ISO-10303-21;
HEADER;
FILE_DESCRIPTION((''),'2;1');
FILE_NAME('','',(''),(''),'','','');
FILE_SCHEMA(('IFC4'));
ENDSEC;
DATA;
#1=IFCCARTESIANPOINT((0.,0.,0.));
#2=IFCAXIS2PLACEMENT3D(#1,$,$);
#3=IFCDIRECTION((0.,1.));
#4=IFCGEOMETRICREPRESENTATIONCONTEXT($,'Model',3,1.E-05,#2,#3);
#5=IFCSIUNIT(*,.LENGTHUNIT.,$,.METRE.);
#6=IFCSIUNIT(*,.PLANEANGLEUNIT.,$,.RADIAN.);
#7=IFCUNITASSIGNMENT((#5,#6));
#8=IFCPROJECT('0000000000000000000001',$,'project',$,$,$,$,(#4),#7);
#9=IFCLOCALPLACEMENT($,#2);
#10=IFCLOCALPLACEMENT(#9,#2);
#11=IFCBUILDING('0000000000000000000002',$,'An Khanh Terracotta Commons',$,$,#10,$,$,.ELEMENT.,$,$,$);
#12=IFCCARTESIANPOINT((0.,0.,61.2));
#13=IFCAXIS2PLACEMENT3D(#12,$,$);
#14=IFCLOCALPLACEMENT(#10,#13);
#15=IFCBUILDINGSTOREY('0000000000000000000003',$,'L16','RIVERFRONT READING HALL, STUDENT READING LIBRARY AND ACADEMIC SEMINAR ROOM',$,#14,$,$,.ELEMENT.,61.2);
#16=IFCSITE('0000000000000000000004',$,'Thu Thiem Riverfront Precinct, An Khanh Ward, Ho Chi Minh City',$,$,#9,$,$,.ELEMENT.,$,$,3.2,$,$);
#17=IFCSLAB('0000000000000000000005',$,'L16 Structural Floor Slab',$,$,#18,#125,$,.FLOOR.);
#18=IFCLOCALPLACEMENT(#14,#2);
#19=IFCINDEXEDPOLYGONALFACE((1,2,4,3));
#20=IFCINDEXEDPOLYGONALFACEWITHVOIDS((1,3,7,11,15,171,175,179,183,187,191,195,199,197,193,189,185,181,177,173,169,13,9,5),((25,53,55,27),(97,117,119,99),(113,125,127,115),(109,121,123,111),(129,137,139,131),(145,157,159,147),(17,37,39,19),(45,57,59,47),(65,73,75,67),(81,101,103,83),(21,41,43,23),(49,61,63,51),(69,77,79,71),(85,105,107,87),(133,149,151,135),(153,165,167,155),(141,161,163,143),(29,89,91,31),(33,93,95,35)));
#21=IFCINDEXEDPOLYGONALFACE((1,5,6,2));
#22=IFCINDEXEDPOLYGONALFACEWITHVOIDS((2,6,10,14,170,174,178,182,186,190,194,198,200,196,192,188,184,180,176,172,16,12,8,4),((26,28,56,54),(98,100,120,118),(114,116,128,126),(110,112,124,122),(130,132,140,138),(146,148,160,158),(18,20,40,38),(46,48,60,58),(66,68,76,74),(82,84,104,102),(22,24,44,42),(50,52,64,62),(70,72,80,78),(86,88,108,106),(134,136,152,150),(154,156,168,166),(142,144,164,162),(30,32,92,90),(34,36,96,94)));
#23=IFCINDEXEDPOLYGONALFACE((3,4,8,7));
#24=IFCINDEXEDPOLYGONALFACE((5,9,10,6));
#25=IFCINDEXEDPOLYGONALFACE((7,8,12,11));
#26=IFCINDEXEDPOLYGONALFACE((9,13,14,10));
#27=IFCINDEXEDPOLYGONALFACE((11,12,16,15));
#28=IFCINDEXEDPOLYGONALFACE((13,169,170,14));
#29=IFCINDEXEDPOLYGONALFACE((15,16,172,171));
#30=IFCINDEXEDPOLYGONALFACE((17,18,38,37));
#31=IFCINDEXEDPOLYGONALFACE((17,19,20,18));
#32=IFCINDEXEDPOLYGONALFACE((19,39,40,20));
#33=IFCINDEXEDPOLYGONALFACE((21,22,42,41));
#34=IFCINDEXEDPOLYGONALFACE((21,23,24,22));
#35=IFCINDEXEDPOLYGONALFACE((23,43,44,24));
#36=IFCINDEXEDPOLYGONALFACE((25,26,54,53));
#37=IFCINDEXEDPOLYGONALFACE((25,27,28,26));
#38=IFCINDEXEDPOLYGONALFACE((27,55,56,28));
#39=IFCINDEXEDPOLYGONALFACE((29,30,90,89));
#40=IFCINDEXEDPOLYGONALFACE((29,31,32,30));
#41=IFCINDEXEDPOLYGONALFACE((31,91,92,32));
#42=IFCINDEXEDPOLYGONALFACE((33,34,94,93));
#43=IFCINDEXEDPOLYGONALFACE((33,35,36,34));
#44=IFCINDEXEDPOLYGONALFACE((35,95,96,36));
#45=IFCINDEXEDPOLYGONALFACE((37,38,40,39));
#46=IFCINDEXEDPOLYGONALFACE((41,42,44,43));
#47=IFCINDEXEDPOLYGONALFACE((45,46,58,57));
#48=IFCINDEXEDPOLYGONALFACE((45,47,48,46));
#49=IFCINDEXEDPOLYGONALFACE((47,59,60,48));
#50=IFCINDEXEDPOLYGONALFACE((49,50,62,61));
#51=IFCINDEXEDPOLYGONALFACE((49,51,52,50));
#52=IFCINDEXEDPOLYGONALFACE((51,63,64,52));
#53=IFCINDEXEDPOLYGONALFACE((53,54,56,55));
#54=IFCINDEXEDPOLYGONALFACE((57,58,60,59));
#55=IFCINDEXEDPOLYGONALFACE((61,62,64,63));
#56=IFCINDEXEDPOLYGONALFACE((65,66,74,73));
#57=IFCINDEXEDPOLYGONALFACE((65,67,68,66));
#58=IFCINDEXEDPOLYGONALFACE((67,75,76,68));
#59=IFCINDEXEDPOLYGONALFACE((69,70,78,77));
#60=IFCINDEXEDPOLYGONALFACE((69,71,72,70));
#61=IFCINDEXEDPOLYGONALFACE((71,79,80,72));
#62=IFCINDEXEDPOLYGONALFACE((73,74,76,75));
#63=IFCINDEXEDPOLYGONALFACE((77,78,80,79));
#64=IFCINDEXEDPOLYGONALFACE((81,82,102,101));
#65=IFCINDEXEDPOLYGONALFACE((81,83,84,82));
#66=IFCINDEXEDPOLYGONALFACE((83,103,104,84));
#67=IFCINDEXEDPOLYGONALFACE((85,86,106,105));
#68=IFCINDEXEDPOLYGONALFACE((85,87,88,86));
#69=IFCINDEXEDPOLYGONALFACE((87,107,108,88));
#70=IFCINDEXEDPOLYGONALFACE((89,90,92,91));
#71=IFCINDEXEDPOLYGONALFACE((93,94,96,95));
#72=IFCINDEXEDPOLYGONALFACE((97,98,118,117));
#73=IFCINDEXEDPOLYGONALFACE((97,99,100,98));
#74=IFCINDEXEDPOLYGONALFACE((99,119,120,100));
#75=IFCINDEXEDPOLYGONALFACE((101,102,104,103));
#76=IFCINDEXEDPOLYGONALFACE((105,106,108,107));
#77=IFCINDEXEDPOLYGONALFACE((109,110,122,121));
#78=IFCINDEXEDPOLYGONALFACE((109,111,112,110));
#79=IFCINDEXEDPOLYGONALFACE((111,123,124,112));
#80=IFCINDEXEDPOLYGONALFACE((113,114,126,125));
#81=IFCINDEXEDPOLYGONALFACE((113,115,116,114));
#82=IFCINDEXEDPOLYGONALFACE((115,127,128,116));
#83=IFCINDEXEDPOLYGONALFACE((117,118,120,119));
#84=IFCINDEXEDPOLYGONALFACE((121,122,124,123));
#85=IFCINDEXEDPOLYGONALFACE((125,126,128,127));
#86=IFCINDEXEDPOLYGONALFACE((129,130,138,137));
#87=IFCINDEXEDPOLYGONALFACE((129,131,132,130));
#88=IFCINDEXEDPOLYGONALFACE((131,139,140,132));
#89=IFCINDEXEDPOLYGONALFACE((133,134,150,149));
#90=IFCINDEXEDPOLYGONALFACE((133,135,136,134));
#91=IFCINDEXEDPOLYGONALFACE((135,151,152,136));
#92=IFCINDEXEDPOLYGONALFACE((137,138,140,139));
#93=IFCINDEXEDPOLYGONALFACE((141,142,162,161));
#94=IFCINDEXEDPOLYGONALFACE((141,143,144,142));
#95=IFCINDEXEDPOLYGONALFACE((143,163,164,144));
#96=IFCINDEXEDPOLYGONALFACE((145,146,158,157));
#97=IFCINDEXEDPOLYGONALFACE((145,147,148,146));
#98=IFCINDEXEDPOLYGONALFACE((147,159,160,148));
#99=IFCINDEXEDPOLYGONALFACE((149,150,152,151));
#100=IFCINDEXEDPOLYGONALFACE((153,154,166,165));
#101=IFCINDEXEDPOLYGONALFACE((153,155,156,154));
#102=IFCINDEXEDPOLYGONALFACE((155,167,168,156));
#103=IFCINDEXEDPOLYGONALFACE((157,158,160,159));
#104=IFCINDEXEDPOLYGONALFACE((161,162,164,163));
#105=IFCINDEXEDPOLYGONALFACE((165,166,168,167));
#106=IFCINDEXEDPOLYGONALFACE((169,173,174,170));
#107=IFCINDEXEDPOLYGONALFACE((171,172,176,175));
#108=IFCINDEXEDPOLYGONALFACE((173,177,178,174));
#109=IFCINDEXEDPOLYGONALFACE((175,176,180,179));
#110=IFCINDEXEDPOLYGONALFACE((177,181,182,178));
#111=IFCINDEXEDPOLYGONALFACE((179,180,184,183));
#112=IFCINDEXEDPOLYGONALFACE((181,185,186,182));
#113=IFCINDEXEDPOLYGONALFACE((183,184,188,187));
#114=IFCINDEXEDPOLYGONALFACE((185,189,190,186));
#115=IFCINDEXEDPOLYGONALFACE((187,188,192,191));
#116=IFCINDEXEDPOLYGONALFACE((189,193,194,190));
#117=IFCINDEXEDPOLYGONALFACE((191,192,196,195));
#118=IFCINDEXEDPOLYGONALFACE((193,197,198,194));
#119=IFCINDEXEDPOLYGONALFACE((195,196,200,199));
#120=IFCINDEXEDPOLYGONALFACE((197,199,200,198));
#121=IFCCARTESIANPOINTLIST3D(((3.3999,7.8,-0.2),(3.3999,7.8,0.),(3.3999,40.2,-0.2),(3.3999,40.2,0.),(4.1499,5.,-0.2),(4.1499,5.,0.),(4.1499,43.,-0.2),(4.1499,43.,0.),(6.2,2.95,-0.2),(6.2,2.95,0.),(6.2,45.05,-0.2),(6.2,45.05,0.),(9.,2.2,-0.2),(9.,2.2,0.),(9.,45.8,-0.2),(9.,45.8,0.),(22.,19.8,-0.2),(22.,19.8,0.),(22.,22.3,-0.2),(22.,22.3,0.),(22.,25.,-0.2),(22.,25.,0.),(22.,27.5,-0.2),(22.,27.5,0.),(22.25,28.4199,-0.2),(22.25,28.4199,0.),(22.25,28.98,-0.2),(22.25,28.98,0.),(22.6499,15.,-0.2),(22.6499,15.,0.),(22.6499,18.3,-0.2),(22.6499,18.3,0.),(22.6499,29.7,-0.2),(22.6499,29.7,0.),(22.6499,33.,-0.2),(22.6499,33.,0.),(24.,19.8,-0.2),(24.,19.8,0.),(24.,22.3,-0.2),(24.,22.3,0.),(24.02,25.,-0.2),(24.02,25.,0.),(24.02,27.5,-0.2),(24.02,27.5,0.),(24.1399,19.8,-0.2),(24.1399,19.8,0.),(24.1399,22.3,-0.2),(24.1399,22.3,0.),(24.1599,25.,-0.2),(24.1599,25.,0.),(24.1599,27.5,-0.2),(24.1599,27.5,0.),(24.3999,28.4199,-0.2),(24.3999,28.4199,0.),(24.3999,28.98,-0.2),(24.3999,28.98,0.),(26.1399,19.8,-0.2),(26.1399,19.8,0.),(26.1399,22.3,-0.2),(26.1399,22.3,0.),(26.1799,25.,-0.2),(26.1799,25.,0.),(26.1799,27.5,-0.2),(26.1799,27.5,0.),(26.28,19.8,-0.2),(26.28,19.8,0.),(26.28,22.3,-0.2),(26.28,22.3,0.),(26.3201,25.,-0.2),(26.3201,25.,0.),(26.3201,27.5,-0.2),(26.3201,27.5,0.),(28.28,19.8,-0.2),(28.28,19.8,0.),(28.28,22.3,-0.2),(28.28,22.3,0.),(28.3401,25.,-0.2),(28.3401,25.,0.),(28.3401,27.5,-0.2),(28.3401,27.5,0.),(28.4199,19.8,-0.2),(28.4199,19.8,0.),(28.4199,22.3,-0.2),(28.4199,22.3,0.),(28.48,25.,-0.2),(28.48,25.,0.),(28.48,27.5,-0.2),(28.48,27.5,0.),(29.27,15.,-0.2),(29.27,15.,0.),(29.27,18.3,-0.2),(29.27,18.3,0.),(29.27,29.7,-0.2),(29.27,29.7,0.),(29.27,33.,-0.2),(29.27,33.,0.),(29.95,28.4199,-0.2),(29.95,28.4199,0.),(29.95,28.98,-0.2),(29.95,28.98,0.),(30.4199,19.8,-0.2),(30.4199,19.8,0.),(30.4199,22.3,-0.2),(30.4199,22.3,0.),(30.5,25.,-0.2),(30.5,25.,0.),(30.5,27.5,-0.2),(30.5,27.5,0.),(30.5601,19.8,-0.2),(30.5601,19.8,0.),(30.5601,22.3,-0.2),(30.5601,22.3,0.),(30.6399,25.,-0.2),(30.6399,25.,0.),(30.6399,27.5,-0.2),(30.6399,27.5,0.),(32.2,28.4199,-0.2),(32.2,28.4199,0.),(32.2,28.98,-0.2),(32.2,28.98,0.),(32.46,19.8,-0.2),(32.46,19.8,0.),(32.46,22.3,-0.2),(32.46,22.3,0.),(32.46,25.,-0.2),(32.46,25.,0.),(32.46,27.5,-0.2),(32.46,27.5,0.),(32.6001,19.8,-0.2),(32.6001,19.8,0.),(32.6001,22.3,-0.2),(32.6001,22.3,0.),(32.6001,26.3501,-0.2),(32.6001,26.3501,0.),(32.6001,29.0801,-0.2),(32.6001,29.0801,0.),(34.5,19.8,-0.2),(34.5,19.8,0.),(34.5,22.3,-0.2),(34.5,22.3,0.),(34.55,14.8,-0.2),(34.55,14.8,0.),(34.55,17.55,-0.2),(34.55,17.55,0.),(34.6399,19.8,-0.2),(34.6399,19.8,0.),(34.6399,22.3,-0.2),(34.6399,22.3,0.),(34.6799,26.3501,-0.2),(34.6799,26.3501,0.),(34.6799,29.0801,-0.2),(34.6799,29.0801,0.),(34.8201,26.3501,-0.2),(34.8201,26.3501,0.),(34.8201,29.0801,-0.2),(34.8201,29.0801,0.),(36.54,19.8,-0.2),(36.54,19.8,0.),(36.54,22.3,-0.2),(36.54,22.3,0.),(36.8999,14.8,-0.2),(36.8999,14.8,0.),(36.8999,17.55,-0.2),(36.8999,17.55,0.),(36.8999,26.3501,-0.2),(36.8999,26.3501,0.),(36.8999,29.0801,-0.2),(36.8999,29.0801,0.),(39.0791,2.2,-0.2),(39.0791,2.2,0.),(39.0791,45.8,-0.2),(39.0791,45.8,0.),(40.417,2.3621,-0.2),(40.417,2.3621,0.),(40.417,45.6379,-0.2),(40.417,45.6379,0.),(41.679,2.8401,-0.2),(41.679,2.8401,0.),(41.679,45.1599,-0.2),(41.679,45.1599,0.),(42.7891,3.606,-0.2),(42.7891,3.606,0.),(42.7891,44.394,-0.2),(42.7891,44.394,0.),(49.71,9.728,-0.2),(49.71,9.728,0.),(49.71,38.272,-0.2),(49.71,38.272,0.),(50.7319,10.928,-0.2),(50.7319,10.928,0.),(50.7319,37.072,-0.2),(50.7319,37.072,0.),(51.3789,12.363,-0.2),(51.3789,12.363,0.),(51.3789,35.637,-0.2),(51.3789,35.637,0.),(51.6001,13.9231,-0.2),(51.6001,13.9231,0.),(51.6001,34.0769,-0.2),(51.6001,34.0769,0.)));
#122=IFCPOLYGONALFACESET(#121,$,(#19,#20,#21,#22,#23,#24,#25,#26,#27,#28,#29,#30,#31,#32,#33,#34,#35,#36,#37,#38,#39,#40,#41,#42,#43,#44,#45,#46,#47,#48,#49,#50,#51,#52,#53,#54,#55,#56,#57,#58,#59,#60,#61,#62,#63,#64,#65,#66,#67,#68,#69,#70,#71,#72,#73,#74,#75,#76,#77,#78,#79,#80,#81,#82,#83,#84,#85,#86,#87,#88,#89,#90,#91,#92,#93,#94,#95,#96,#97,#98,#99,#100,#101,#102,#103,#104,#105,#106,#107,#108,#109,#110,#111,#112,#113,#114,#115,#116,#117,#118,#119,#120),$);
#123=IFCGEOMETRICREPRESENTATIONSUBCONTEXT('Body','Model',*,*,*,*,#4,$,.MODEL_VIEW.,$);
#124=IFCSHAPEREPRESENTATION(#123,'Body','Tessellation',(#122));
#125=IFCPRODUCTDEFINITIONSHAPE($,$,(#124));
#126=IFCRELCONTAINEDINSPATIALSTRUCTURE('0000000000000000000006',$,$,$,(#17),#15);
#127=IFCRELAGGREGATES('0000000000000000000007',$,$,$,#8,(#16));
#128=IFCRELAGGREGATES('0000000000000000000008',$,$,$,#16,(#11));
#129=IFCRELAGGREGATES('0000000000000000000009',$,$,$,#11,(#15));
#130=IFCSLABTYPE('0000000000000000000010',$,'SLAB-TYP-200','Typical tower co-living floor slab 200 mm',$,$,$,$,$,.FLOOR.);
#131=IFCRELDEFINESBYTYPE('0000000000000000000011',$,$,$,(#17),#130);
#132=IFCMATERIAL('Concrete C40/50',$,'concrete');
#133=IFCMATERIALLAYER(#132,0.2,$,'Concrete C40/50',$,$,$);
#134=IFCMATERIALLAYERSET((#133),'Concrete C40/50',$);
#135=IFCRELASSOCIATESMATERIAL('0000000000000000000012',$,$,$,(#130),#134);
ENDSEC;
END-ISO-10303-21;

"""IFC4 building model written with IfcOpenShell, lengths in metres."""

from ifc_helpers import new_model, si_unit, direction, frame, origin, place, context, subcontext, project, spatial, polyline, outline, extrude, material, layer, layer_set, type_object, element, save


model = new_model("IFC4")

# Units and contexts
model_context = context("Model", 3, precision=1e-05, world=origin(), true_north=direction((0.0, 1.0)))
body_context = subcontext(model_context, "Body", "Model", "MODEL_VIEW")
ifc_project = project(units=[si_unit("LENGTHUNIT", "METRE"), si_unit("PLANEANGLEUNIT", "RADIAN")], contexts=[model_context])

# Site, building, storey
site_placement = place(None, origin())
site = spatial("IfcSite", under=ifc_project, at=site_placement, Name="Thu Thiem Riverfront Precinct, An Khanh Ward, Ho Chi Minh City", CompositionType="ELEMENT", RefElevation=3.2)
building_placement = place(site_placement, origin())
building = spatial("IfcBuilding", under=site, at=building_placement, Name="An Khanh Terracotta Commons", CompositionType="ELEMENT")
storey_placement = place(building_placement, frame((0.0, 0.0, 61.2)))
storey = spatial("IfcBuildingStorey", under=building, at=storey_placement, Name="L16", Description="RIVERFRONT READING HALL, STUDENT READING LIBRARY AND ACADEMIC SEMINAR ROOM", CompositionType="ELEMENT", Elevation=61.2)

# Shared definitions
ifc_material_1 = material(Name="Concrete C40/50", Category="concrete")

# Slab
ifc_layer_1 = layer(ifc_material_1, 0.2, Name="Concrete C40/50")
ifc_layer_set_1 = layer_set([ifc_layer_1], Name="Concrete C40/50")
slab_type_1 = type_object("IfcSlabType", Name="SLAB-TYP-200", Description="Typical tower co-living floor slab 200 mm", PredefinedType="FLOOR", material=ifc_layer_set_1)
slab_1_placement = place(storey_placement, frame((0.0, 0.0, -0.2)))
element("IfcSlab", 1, at=slab_1_placement, inside=storey, type_object=slab_type_1, Name="L16 Structural Floor Slab", PredefinedType="FLOOR", context=body_context, shape_type="SweptSolid", body=[
    extrude(outline(polyline([(3.3999, 7.8), (4.1499, 5.0), (6.2, 2.95), (9.0, 2.2), (39.0791, 2.2), (40.417, 2.3621), (41.679, 2.8401), (42.7891, 3.606), (49.71, 9.728), (50.7319, 10.928), (51.3789, 12.363), (51.6001, 13.9231), (51.6001, 34.0769), (51.3789, 35.637), (50.7319, 37.072), (49.71, 38.272), (42.7891, 44.394), (41.679, 45.1599), (40.417, 45.6379), (39.0791, 45.8), (9.0, 45.8), (6.2, 45.05), (4.1499, 43.0), (3.3999, 40.2), (3.3999, 7.8)]), holes=[polyline([(22.6499, 29.7), (29.27, 29.7), (29.27, 33.0), (22.6499, 33.0), (22.6499, 29.7)]), polyline([(22.6499, 15.0), (29.27, 15.0), (29.27, 18.3), (22.6499, 18.3), (22.6499, 15.0)]), polyline([(32.6001, 26.3501), (34.6799, 26.3501), (34.6799, 29.0801), (32.6001, 29.0801), (32.6001, 26.3501)]), polyline([(34.8201, 26.3501), (36.8999, 26.3501), (36.8999, 29.0801), (34.8201, 29.0801), (34.8201, 26.3501)]), polyline([(34.55, 14.8), (36.8999, 14.8), (36.8999, 17.55), (34.55, 17.55), (34.55, 14.8)]), polyline([(22.0, 25.0), (24.02, 25.0), (24.02, 27.5), (22.0, 27.5), (22.0, 25.0)]), polyline([(24.1599, 25.0), (26.1799, 25.0), (26.1799, 27.5), (24.1599, 27.5), (24.1599, 25.0)]), polyline([(22.0, 19.8), (24.0, 19.8), (24.0, 22.3), (22.0, 22.3), (22.0, 19.8)]), polyline([(24.1399, 19.8), (26.1399, 19.8), (26.1399, 22.3), (24.1399, 22.3), (24.1399, 19.8)]), polyline([(26.3201, 25.0), (28.3401, 25.0), (28.3401, 27.5), (26.3201, 27.5), (26.3201, 25.0)]), polyline([(28.48, 25.0), (30.5, 25.0), (30.5, 27.5), (28.48, 27.5), (28.48, 25.0)]), polyline([(26.28, 19.8), (28.28, 19.8), (28.28, 22.3), (26.28, 22.3), (26.28, 19.8)]), polyline([(28.4199, 19.8), (30.4199, 19.8), (30.4199, 22.3), (28.4199, 22.3), (28.4199, 19.8)]), polyline([(30.6399, 25.0), (32.46, 25.0), (32.46, 27.5), (30.6399, 27.5), (30.6399, 25.0)]), polyline([(30.5601, 19.8), (32.46, 19.8), (32.46, 22.3), (30.5601, 22.3), (30.5601, 19.8)]), polyline([(32.6001, 19.8), (34.5, 19.8), (34.5, 22.3), (32.6001, 22.3), (32.6001, 19.8)]), polyline([(34.6399, 19.8), (36.54, 19.8), (36.54, 22.3), (34.6399, 22.3), (34.6399, 19.8)]), polyline([(22.25, 28.4199), (24.3999, 28.4199), (24.3999, 28.98), (22.25, 28.98), (22.25, 28.4199)]), polyline([(29.95, 28.4199), (32.2, 28.4199), (32.2, 28.98), (29.95, 28.98), (29.95, 28.4199)])]), origin(), (0.0, 0.0, 1.0), 0.2),
])

save(model, "model.ifc")
